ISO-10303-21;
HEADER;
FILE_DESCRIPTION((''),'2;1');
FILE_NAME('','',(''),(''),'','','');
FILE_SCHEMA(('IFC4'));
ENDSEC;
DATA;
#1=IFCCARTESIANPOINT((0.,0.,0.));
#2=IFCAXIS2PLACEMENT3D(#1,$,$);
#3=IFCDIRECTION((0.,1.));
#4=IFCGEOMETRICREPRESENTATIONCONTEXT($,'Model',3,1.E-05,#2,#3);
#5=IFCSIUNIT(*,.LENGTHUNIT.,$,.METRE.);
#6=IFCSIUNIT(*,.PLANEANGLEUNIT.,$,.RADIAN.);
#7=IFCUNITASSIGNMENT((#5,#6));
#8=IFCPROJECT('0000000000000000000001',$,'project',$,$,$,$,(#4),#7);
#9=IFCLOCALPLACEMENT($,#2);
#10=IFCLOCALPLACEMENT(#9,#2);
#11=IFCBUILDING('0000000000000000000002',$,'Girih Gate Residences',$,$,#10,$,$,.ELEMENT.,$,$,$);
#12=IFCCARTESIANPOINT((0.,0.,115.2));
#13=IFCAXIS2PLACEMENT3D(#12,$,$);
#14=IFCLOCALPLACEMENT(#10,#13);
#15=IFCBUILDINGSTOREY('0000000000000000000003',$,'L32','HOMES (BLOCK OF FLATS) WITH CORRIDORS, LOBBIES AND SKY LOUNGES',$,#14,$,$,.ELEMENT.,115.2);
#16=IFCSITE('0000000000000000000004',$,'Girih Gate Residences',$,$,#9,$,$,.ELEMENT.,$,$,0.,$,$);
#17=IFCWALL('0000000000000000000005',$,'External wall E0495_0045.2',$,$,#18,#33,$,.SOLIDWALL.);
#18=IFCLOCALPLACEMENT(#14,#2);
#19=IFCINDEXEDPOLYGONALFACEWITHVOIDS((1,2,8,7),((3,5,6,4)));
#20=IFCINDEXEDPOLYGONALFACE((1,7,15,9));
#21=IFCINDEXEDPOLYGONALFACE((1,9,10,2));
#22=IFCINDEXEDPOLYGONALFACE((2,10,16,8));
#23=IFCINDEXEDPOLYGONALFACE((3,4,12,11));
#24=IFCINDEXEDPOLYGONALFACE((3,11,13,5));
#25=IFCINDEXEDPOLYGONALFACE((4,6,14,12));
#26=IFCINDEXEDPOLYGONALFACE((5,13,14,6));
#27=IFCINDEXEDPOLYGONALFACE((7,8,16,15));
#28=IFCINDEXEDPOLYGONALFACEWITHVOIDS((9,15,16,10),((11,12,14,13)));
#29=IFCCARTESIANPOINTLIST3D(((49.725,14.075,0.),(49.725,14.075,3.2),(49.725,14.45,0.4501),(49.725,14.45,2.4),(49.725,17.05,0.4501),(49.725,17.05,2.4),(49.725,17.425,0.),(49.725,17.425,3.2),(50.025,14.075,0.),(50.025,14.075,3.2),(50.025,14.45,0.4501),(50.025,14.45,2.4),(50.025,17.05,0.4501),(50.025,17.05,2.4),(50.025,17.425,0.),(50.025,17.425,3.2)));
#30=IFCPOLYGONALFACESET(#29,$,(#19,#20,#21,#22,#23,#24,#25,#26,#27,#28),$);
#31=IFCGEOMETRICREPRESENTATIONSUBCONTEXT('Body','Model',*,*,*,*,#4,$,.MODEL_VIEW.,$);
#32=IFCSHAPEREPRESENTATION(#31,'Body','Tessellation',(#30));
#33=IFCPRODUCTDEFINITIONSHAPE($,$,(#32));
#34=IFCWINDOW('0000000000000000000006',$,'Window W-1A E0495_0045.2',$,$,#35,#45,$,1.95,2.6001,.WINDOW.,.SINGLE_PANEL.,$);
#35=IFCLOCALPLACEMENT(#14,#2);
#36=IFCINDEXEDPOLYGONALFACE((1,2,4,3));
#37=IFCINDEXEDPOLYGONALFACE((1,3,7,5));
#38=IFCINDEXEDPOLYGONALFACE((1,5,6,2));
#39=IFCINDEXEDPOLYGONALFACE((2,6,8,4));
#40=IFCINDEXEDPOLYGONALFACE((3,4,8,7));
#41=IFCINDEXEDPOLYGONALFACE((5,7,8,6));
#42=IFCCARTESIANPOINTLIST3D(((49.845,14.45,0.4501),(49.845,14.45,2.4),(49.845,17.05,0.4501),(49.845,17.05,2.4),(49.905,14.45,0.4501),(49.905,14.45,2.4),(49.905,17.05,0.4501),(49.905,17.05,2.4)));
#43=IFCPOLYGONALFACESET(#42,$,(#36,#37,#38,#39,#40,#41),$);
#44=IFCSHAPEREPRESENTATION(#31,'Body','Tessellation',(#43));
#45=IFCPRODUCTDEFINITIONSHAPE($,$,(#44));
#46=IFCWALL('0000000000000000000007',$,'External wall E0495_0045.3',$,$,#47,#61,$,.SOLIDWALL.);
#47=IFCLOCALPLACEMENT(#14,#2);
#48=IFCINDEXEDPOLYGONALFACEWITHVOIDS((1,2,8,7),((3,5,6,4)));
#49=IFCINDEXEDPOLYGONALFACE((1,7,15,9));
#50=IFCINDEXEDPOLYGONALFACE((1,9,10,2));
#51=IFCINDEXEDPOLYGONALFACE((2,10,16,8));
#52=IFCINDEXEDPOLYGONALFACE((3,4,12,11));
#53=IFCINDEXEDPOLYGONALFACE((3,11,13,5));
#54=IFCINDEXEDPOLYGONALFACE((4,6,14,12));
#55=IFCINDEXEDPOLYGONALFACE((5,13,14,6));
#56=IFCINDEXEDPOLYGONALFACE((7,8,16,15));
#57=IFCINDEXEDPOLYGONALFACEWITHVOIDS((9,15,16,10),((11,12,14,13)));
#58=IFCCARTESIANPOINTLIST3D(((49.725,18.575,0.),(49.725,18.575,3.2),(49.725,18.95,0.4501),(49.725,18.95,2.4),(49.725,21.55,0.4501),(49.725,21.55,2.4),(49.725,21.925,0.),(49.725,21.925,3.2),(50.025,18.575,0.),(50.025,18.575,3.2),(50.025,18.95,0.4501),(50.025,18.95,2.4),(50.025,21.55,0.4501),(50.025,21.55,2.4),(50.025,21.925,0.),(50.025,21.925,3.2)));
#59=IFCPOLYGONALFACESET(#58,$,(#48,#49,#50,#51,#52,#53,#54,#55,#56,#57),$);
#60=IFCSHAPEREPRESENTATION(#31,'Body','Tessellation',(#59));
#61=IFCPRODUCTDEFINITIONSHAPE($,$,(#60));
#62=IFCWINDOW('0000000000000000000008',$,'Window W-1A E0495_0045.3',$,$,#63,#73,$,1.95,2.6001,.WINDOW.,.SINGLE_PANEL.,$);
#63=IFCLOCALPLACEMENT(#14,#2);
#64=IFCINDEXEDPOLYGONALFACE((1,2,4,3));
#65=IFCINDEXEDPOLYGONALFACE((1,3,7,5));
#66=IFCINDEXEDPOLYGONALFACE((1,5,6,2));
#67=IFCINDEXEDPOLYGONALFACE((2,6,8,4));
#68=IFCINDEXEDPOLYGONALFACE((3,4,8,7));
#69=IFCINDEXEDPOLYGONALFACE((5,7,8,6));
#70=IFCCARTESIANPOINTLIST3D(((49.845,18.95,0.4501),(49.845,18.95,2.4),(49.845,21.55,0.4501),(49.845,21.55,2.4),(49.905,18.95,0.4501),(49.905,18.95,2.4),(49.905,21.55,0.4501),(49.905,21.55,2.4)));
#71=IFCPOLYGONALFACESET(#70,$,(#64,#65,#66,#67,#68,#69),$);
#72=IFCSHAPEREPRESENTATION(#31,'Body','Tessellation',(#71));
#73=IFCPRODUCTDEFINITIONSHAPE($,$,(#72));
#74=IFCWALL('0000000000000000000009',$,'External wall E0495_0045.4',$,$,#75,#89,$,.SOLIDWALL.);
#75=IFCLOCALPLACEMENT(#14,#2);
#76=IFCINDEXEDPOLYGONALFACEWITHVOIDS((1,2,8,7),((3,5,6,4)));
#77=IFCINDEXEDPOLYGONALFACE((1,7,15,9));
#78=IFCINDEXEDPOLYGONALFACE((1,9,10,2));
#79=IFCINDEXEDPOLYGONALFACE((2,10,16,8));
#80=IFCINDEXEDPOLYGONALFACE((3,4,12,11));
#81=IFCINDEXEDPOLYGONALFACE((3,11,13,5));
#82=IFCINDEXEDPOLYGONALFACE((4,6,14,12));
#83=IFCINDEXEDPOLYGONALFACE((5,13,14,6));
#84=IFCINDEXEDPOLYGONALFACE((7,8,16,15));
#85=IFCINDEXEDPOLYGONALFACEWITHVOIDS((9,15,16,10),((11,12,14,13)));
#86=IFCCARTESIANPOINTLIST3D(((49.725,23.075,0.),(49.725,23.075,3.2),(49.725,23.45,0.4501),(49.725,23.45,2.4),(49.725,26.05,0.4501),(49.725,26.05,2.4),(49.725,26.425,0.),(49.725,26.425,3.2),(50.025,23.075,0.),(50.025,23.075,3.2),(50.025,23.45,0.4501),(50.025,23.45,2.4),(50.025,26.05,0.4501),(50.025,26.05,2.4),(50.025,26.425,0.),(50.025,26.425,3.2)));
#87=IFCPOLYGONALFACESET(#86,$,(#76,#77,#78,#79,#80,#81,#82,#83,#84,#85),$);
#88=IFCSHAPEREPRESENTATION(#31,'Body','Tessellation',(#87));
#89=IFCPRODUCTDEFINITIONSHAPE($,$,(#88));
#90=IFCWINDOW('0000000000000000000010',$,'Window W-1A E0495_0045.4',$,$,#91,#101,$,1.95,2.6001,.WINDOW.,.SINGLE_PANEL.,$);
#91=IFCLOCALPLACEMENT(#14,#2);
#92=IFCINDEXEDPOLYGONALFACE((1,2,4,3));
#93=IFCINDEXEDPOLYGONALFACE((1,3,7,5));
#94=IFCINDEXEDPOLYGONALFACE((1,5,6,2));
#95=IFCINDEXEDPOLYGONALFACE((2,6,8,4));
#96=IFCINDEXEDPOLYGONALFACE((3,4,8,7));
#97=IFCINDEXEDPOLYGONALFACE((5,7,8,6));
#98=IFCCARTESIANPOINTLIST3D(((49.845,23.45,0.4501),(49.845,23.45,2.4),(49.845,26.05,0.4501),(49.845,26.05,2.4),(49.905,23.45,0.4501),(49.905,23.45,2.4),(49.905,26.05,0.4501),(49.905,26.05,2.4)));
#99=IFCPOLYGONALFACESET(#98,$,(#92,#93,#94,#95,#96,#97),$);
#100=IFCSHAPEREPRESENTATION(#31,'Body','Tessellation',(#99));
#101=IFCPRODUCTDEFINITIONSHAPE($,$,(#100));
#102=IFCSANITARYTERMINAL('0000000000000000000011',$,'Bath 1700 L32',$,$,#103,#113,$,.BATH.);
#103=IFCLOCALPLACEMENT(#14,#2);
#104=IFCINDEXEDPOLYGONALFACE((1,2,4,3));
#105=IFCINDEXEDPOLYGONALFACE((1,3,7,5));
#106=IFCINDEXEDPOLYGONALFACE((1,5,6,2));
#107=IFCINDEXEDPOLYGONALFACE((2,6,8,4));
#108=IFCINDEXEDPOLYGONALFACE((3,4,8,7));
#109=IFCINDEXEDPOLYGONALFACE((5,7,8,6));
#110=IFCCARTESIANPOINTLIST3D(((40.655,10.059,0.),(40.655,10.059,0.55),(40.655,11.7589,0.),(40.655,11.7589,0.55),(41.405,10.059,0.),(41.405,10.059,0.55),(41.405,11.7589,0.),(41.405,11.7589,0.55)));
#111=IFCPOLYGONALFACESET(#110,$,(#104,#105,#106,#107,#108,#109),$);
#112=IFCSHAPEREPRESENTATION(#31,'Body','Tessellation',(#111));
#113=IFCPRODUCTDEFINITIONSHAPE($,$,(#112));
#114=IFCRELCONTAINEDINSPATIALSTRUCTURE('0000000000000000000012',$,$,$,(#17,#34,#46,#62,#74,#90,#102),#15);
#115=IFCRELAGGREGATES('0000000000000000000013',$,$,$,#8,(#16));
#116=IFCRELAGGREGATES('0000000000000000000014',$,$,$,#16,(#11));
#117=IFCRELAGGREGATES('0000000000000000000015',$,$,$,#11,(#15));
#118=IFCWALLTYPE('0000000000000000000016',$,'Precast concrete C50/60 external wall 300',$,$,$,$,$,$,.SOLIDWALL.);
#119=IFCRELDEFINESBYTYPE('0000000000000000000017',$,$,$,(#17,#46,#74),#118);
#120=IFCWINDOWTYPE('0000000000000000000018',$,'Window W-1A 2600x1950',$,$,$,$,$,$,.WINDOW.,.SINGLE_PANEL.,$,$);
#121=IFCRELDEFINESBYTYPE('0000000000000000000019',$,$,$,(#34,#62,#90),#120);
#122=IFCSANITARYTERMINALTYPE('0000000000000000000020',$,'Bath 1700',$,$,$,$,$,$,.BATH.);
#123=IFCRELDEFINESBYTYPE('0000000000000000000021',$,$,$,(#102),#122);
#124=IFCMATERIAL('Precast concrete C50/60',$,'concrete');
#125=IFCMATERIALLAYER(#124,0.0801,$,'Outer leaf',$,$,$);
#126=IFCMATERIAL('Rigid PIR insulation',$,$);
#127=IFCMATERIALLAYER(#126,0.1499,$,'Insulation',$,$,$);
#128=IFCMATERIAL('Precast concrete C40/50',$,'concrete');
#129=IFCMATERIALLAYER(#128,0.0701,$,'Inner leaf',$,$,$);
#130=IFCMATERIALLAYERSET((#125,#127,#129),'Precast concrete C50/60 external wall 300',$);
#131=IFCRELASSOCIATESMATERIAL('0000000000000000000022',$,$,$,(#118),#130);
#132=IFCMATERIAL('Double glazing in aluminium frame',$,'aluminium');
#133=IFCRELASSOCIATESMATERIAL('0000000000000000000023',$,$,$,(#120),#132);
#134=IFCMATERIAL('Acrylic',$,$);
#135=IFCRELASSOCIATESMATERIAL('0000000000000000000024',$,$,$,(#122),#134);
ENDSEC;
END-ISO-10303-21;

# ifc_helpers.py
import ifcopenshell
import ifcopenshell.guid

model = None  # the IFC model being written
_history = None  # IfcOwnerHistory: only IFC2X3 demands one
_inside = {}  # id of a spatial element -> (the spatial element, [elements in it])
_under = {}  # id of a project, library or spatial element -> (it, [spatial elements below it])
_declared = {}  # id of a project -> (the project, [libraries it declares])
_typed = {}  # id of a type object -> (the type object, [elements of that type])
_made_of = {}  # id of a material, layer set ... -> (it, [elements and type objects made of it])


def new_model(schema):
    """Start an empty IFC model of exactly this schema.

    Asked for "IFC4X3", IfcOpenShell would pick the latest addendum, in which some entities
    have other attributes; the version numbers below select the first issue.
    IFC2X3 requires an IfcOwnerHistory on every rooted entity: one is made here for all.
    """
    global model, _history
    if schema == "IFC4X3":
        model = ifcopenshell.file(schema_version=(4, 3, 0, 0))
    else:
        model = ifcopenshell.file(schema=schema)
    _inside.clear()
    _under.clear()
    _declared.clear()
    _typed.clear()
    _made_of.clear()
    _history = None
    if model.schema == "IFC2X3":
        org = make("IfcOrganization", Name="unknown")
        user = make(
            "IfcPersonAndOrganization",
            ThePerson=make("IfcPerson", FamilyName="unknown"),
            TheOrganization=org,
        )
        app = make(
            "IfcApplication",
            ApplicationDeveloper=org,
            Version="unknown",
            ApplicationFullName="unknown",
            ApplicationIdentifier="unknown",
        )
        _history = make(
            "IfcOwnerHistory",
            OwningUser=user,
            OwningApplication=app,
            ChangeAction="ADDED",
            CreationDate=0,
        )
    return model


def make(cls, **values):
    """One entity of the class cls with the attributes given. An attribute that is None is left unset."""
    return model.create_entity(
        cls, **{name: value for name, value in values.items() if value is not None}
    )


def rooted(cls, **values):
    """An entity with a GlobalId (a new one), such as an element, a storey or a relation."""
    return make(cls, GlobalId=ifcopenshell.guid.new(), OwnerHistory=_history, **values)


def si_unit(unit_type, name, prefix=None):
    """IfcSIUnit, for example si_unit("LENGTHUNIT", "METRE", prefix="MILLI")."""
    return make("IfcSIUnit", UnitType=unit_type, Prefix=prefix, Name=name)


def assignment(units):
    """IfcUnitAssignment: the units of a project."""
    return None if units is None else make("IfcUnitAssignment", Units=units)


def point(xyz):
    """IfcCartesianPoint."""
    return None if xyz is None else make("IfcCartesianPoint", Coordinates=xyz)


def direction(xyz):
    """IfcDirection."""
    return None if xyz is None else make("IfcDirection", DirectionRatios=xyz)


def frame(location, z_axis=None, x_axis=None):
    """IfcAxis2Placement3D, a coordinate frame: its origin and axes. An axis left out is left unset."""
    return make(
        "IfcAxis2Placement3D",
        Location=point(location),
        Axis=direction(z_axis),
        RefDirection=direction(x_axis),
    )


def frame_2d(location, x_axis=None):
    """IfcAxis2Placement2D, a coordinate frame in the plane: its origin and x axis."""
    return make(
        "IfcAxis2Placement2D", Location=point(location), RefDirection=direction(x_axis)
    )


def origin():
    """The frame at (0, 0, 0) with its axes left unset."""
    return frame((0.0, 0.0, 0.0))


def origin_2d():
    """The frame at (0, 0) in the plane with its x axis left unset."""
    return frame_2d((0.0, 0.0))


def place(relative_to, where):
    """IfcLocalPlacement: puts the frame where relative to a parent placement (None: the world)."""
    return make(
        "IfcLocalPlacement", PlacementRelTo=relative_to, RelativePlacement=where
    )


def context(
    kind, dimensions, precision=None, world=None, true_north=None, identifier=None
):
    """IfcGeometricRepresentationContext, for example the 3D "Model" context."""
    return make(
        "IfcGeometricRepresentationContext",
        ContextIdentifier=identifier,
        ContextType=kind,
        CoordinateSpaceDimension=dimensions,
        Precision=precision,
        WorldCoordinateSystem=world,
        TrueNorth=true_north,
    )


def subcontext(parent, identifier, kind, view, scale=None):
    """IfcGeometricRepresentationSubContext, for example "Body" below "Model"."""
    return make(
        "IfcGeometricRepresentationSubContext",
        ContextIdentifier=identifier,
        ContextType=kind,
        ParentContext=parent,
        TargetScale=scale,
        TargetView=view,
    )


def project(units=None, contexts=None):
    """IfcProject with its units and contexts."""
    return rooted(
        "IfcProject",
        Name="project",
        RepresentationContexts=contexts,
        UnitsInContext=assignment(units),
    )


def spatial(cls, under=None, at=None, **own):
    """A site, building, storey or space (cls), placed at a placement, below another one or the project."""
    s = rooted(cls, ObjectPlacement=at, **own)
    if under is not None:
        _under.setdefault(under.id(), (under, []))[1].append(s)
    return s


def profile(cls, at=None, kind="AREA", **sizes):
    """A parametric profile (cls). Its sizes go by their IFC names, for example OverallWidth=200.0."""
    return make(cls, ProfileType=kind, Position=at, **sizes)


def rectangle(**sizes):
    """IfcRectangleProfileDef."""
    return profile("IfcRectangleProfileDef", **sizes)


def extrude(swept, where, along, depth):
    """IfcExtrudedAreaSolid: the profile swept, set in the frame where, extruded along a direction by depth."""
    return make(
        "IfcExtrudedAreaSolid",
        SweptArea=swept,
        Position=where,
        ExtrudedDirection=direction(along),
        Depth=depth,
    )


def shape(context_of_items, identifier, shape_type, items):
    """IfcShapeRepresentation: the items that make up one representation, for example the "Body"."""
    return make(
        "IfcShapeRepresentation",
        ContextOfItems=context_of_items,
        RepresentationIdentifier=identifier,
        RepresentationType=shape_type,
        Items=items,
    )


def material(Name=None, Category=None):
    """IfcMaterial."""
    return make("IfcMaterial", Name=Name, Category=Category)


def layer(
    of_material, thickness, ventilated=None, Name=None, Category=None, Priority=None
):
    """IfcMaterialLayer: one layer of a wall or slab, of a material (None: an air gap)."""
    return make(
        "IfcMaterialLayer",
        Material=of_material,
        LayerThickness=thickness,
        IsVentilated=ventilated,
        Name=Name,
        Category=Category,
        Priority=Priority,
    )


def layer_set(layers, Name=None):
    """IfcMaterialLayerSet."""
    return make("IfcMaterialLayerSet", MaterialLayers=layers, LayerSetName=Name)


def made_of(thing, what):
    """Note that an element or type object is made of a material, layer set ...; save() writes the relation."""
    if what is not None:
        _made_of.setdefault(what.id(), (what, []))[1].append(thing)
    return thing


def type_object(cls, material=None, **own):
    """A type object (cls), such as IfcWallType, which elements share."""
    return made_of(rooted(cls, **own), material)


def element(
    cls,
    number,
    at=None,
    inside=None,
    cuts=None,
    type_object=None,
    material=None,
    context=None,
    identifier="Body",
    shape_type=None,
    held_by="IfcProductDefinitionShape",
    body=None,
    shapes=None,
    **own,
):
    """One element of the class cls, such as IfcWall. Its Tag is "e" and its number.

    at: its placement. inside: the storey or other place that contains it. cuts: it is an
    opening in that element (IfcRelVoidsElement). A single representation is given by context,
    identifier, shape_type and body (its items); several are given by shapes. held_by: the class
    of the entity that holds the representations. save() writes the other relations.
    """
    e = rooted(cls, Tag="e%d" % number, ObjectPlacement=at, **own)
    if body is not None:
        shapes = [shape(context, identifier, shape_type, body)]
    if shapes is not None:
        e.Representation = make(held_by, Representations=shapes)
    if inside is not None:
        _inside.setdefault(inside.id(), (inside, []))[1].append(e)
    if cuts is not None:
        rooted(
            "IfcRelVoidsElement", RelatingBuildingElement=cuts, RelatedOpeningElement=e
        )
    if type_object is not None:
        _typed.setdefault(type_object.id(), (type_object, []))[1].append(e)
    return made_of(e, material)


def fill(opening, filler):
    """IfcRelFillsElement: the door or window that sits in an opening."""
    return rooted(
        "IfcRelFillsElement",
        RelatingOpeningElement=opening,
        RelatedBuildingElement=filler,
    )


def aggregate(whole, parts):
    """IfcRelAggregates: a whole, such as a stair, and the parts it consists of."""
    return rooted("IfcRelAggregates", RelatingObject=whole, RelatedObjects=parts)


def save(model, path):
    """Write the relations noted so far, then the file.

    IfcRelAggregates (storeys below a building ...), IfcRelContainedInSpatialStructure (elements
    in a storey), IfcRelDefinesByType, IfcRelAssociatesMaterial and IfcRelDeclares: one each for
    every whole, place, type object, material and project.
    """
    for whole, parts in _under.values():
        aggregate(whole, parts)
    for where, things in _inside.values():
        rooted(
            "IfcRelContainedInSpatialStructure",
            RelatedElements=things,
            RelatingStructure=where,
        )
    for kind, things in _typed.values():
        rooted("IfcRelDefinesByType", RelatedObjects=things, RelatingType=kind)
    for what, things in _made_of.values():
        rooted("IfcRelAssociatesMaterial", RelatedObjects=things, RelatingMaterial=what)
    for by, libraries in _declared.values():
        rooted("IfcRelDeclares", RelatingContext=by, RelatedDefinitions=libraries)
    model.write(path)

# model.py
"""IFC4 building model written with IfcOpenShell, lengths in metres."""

from ifc_helpers import new_model, si_unit, direction, frame, frame_2d, origin, origin_2d, place, context, subcontext, project, spatial, rectangle, extrude, material, layer, layer_set, type_object, element, fill, save


model = new_model("IFC4")

# Units and contexts
model_context = context("Model", 3, precision=1e-05, world=origin(), true_north=direction((0.0, 1.0)))
body_context = subcontext(model_context, "Body", "Model", "MODEL_VIEW")
ifc_project = project(units=[si_unit("LENGTHUNIT", "METRE"), si_unit("PLANEANGLEUNIT", "RADIAN")], contexts=[model_context])

# Site, building, storey
site_placement = place(None, origin())
site = spatial("IfcSite", under=ifc_project, at=site_placement, Name="Girih Gate Residences", CompositionType="ELEMENT", RefElevation=0.0)
building_placement = place(site_placement, origin())
building = spatial("IfcBuilding", under=site, at=building_placement, Name="Girih Gate Residences", CompositionType="ELEMENT")
storey_placement = place(building_placement, frame((0.0, 0.0, 115.2)))
storey = spatial("IfcBuildingStorey", under=building, at=storey_placement, Name="L32", Description="HOMES (BLOCK OF FLATS) WITH CORRIDORS, LOBBIES AND SKY LOUNGES", CompositionType="ELEMENT", Elevation=115.2)

# Walls, openings, windows
ifc_material_1 = material(Name="Precast concrete C50/60", Category="concrete")
ifc_layer_1 = layer(ifc_material_1, 0.0801, Name="Outer leaf")
ifc_material_2 = material(Name="Rigid PIR insulation")
ifc_layer_2 = layer(ifc_material_2, 0.1499, Name="Insulation")
ifc_material_3 = material(Name="Precast concrete C40/50", Category="concrete")
ifc_layer_3 = layer(ifc_material_3, 0.0701, Name="Inner leaf")
ifc_layer_set_1 = layer_set([ifc_layer_1, ifc_layer_2, ifc_layer_3], Name="Precast concrete C50/60 external wall 300")
wall_type_1 = type_object("IfcWallType", Name="Precast concrete C50/60 external wall 300", PredefinedType="SOLIDWALL", material=ifc_layer_set_1)
ifc_material_4 = material(Name="Double glazing in aluminium frame", Category="aluminium")
window_type = type_object("IfcWindowType", Name="Window W-1A 2600x1950", PartitioningType="SINGLE_PANEL", PredefinedType="WINDOW", material=ifc_material_4)
wall_1_placement = place(storey_placement, frame((49.875, 17.425, 0.0), z_axis=(0.0, 0.0, 1.0), x_axis=(0.0, -1.0, 0.0)))
wall_1 = element("IfcWall", 1, at=wall_1_placement, inside=storey, type_object=wall_type_1, Name="External wall E0495_0045.2", PredefinedType="SOLIDWALL", context=body_context, shape_type="SweptSolid", body=[
    extrude(rectangle(XDim=3.3501, YDim=0.3, at=frame_2d((1.675, 0.0))), origin(), (0.0, 0.0, 1.0), 3.2),
])
opening_1_placement = place(wall_1_placement, frame((0.375, 0.0, 0.45)))
opening_1 = element("IfcOpeningElement", 2, at=opening_1_placement, cuts=wall_1, PredefinedType="OPENING", context=body_context, shape_type="SweptSolid", body=[
    extrude(rectangle(XDim=2.6001, YDim=1.95, at=frame_2d((1.3, 0.9751))), frame((0.0, 0.1599, 0.0), z_axis=(0.0, -1.0, 0.0), x_axis=(1.0, 0.0, 0.0)), (0.0, 0.0, 1.0), 0.3201),
])
window_1_placement = place(opening_1_placement, origin())
window_1 = element("IfcWindow", 3, at=window_1_placement, inside=storey, type_object=window_type, Name="Window W-1A E0495_0045.2", OverallHeight=1.95, OverallWidth=2.6001, PartitioningType="SINGLE_PANEL", PredefinedType="WINDOW", context=body_context, shape_type="SweptSolid", body=[
    extrude(rectangle(XDim=2.6001, YDim=1.95, at=frame_2d((1.3, 0.9751))), frame((0.0, 0.03, 0.0), z_axis=(0.0, -1.0, 0.0), x_axis=(1.0, 0.0, 0.0)), (0.0, 0.0, 1.0), 0.0601),
])
fill(opening_1, window_1)
wall_2_placement = place(storey_placement, frame((49.875, 21.925, 0.0), z_axis=(0.0, 0.0, 1.0), x_axis=(0.0, -1.0, 0.0)))
wall_2 = element("IfcWall", 4, at=wall_2_placement, inside=storey, type_object=wall_type_1, Name="External wall E0495_0045.3", PredefinedType="SOLIDWALL", context=body_context, shape_type="SweptSolid", body=[
    extrude(rectangle(XDim=3.3501, YDim=0.3, at=frame_2d((1.675, 0.0))), origin(), (0.0, 0.0, 1.0), 3.2),
])
opening_2_placement = place(wall_2_placement, frame((0.375, 0.0, 0.45)))
opening_2 = element("IfcOpeningElement", 5, at=opening_2_placement, cuts=wall_2, PredefinedType="OPENING", context=body_context, shape_type="SweptSolid", body=[
    extrude(rectangle(XDim=2.6001, YDim=1.95, at=frame_2d((1.3, 0.9751))), frame((0.0, 0.1599, 0.0), z_axis=(0.0, -1.0, 0.0), x_axis=(1.0, 0.0, 0.0)), (0.0, 0.0, 1.0), 0.3201),
])
window_2_placement = place(opening_2_placement, origin())
window_2 = element("IfcWindow", 6, at=window_2_placement, inside=storey, type_object=window_type, Name="Window W-1A E0495_0045.3", OverallHeight=1.95, OverallWidth=2.6001, PartitioningType="SINGLE_PANEL", PredefinedType="WINDOW", context=body_context, shape_type="SweptSolid", body=[
    extrude(rectangle(XDim=2.6001, YDim=1.95, at=frame_2d((1.3, 0.9751))), frame((0.0, 0.03, 0.0), z_axis=(0.0, -1.0, 0.0), x_axis=(1.0, 0.0, 0.0)), (0.0, 0.0, 1.0), 0.0601),
])
fill(opening_2, window_2)
wall_3_placement = place(storey_placement, frame((49.875, 26.425, 0.0), z_axis=(0.0, 0.0, 1.0), x_axis=(0.0, -1.0, 0.0)))
wall_3 = element("IfcWall", 7, at=wall_3_placement, inside=storey, type_object=wall_type_1, Name="External wall E0495_0045.4", PredefinedType="SOLIDWALL", context=body_context, shape_type="SweptSolid", body=[
    extrude(rectangle(XDim=3.3501, YDim=0.3, at=frame_2d((1.675, 0.0))), origin(), (0.0, 0.0, 1.0), 3.2),
])
opening_3_placement = place(wall_3_placement, frame((0.375, 0.0, 0.45)))
opening_3 = element("IfcOpeningElement", 8, at=opening_3_placement, cuts=wall_3, PredefinedType="OPENING", context=body_context, shape_type="SweptSolid", body=[
    extrude(rectangle(XDim=2.6001, YDim=1.95, at=frame_2d((1.3, 0.9751))), frame((0.0, 0.1599, 0.0), z_axis=(0.0, -1.0, 0.0), x_axis=(1.0, 0.0, 0.0)), (0.0, 0.0, 1.0), 0.3201),
])
window_3_placement = place(opening_3_placement, origin())
window_3 = element("IfcWindow", 9, at=window_3_placement, inside=storey, type_object=window_type, Name="Window W-1A E0495_0045.4", OverallHeight=1.95, OverallWidth=2.6001, PartitioningType="SINGLE_PANEL", PredefinedType="WINDOW", context=body_context, shape_type="SweptSolid", body=[
    extrude(rectangle(XDim=2.6001, YDim=1.95, at=frame_2d((1.3, 0.9751))), frame((0.0, 0.03, 0.0), z_axis=(0.0, -1.0, 0.0), x_axis=(1.0, 0.0, 0.0)), (0.0, 0.0, 1.0), 0.0601),
])
fill(opening_3, window_3)

# Sanitary terminal
ifc_material_5 = material(Name="Acrylic")
sanitary_terminal_type = type_object("IfcSanitaryTerminalType", Name="Bath 1700", PredefinedType="BATH", material=ifc_material_5)
sanitary_terminal_placement = place(storey_placement, frame((41.03, 10.9089, 0.0), z_axis=(0.0, 0.0, 1.0), x_axis=(1.0, 0.0, 0.0)))
element("IfcSanitaryTerminal", 10, at=sanitary_terminal_placement, inside=storey, type_object=sanitary_terminal_type, Name="Bath 1700 L32", PredefinedType="BATH", context=body_context, shape_type="SweptSolid", body=[
    extrude(rectangle(XDim=0.75, YDim=1.7, at=origin_2d()), origin(), (0.0, 0.0, 1.0), 0.55),
])

save(model, "model.ifc")
